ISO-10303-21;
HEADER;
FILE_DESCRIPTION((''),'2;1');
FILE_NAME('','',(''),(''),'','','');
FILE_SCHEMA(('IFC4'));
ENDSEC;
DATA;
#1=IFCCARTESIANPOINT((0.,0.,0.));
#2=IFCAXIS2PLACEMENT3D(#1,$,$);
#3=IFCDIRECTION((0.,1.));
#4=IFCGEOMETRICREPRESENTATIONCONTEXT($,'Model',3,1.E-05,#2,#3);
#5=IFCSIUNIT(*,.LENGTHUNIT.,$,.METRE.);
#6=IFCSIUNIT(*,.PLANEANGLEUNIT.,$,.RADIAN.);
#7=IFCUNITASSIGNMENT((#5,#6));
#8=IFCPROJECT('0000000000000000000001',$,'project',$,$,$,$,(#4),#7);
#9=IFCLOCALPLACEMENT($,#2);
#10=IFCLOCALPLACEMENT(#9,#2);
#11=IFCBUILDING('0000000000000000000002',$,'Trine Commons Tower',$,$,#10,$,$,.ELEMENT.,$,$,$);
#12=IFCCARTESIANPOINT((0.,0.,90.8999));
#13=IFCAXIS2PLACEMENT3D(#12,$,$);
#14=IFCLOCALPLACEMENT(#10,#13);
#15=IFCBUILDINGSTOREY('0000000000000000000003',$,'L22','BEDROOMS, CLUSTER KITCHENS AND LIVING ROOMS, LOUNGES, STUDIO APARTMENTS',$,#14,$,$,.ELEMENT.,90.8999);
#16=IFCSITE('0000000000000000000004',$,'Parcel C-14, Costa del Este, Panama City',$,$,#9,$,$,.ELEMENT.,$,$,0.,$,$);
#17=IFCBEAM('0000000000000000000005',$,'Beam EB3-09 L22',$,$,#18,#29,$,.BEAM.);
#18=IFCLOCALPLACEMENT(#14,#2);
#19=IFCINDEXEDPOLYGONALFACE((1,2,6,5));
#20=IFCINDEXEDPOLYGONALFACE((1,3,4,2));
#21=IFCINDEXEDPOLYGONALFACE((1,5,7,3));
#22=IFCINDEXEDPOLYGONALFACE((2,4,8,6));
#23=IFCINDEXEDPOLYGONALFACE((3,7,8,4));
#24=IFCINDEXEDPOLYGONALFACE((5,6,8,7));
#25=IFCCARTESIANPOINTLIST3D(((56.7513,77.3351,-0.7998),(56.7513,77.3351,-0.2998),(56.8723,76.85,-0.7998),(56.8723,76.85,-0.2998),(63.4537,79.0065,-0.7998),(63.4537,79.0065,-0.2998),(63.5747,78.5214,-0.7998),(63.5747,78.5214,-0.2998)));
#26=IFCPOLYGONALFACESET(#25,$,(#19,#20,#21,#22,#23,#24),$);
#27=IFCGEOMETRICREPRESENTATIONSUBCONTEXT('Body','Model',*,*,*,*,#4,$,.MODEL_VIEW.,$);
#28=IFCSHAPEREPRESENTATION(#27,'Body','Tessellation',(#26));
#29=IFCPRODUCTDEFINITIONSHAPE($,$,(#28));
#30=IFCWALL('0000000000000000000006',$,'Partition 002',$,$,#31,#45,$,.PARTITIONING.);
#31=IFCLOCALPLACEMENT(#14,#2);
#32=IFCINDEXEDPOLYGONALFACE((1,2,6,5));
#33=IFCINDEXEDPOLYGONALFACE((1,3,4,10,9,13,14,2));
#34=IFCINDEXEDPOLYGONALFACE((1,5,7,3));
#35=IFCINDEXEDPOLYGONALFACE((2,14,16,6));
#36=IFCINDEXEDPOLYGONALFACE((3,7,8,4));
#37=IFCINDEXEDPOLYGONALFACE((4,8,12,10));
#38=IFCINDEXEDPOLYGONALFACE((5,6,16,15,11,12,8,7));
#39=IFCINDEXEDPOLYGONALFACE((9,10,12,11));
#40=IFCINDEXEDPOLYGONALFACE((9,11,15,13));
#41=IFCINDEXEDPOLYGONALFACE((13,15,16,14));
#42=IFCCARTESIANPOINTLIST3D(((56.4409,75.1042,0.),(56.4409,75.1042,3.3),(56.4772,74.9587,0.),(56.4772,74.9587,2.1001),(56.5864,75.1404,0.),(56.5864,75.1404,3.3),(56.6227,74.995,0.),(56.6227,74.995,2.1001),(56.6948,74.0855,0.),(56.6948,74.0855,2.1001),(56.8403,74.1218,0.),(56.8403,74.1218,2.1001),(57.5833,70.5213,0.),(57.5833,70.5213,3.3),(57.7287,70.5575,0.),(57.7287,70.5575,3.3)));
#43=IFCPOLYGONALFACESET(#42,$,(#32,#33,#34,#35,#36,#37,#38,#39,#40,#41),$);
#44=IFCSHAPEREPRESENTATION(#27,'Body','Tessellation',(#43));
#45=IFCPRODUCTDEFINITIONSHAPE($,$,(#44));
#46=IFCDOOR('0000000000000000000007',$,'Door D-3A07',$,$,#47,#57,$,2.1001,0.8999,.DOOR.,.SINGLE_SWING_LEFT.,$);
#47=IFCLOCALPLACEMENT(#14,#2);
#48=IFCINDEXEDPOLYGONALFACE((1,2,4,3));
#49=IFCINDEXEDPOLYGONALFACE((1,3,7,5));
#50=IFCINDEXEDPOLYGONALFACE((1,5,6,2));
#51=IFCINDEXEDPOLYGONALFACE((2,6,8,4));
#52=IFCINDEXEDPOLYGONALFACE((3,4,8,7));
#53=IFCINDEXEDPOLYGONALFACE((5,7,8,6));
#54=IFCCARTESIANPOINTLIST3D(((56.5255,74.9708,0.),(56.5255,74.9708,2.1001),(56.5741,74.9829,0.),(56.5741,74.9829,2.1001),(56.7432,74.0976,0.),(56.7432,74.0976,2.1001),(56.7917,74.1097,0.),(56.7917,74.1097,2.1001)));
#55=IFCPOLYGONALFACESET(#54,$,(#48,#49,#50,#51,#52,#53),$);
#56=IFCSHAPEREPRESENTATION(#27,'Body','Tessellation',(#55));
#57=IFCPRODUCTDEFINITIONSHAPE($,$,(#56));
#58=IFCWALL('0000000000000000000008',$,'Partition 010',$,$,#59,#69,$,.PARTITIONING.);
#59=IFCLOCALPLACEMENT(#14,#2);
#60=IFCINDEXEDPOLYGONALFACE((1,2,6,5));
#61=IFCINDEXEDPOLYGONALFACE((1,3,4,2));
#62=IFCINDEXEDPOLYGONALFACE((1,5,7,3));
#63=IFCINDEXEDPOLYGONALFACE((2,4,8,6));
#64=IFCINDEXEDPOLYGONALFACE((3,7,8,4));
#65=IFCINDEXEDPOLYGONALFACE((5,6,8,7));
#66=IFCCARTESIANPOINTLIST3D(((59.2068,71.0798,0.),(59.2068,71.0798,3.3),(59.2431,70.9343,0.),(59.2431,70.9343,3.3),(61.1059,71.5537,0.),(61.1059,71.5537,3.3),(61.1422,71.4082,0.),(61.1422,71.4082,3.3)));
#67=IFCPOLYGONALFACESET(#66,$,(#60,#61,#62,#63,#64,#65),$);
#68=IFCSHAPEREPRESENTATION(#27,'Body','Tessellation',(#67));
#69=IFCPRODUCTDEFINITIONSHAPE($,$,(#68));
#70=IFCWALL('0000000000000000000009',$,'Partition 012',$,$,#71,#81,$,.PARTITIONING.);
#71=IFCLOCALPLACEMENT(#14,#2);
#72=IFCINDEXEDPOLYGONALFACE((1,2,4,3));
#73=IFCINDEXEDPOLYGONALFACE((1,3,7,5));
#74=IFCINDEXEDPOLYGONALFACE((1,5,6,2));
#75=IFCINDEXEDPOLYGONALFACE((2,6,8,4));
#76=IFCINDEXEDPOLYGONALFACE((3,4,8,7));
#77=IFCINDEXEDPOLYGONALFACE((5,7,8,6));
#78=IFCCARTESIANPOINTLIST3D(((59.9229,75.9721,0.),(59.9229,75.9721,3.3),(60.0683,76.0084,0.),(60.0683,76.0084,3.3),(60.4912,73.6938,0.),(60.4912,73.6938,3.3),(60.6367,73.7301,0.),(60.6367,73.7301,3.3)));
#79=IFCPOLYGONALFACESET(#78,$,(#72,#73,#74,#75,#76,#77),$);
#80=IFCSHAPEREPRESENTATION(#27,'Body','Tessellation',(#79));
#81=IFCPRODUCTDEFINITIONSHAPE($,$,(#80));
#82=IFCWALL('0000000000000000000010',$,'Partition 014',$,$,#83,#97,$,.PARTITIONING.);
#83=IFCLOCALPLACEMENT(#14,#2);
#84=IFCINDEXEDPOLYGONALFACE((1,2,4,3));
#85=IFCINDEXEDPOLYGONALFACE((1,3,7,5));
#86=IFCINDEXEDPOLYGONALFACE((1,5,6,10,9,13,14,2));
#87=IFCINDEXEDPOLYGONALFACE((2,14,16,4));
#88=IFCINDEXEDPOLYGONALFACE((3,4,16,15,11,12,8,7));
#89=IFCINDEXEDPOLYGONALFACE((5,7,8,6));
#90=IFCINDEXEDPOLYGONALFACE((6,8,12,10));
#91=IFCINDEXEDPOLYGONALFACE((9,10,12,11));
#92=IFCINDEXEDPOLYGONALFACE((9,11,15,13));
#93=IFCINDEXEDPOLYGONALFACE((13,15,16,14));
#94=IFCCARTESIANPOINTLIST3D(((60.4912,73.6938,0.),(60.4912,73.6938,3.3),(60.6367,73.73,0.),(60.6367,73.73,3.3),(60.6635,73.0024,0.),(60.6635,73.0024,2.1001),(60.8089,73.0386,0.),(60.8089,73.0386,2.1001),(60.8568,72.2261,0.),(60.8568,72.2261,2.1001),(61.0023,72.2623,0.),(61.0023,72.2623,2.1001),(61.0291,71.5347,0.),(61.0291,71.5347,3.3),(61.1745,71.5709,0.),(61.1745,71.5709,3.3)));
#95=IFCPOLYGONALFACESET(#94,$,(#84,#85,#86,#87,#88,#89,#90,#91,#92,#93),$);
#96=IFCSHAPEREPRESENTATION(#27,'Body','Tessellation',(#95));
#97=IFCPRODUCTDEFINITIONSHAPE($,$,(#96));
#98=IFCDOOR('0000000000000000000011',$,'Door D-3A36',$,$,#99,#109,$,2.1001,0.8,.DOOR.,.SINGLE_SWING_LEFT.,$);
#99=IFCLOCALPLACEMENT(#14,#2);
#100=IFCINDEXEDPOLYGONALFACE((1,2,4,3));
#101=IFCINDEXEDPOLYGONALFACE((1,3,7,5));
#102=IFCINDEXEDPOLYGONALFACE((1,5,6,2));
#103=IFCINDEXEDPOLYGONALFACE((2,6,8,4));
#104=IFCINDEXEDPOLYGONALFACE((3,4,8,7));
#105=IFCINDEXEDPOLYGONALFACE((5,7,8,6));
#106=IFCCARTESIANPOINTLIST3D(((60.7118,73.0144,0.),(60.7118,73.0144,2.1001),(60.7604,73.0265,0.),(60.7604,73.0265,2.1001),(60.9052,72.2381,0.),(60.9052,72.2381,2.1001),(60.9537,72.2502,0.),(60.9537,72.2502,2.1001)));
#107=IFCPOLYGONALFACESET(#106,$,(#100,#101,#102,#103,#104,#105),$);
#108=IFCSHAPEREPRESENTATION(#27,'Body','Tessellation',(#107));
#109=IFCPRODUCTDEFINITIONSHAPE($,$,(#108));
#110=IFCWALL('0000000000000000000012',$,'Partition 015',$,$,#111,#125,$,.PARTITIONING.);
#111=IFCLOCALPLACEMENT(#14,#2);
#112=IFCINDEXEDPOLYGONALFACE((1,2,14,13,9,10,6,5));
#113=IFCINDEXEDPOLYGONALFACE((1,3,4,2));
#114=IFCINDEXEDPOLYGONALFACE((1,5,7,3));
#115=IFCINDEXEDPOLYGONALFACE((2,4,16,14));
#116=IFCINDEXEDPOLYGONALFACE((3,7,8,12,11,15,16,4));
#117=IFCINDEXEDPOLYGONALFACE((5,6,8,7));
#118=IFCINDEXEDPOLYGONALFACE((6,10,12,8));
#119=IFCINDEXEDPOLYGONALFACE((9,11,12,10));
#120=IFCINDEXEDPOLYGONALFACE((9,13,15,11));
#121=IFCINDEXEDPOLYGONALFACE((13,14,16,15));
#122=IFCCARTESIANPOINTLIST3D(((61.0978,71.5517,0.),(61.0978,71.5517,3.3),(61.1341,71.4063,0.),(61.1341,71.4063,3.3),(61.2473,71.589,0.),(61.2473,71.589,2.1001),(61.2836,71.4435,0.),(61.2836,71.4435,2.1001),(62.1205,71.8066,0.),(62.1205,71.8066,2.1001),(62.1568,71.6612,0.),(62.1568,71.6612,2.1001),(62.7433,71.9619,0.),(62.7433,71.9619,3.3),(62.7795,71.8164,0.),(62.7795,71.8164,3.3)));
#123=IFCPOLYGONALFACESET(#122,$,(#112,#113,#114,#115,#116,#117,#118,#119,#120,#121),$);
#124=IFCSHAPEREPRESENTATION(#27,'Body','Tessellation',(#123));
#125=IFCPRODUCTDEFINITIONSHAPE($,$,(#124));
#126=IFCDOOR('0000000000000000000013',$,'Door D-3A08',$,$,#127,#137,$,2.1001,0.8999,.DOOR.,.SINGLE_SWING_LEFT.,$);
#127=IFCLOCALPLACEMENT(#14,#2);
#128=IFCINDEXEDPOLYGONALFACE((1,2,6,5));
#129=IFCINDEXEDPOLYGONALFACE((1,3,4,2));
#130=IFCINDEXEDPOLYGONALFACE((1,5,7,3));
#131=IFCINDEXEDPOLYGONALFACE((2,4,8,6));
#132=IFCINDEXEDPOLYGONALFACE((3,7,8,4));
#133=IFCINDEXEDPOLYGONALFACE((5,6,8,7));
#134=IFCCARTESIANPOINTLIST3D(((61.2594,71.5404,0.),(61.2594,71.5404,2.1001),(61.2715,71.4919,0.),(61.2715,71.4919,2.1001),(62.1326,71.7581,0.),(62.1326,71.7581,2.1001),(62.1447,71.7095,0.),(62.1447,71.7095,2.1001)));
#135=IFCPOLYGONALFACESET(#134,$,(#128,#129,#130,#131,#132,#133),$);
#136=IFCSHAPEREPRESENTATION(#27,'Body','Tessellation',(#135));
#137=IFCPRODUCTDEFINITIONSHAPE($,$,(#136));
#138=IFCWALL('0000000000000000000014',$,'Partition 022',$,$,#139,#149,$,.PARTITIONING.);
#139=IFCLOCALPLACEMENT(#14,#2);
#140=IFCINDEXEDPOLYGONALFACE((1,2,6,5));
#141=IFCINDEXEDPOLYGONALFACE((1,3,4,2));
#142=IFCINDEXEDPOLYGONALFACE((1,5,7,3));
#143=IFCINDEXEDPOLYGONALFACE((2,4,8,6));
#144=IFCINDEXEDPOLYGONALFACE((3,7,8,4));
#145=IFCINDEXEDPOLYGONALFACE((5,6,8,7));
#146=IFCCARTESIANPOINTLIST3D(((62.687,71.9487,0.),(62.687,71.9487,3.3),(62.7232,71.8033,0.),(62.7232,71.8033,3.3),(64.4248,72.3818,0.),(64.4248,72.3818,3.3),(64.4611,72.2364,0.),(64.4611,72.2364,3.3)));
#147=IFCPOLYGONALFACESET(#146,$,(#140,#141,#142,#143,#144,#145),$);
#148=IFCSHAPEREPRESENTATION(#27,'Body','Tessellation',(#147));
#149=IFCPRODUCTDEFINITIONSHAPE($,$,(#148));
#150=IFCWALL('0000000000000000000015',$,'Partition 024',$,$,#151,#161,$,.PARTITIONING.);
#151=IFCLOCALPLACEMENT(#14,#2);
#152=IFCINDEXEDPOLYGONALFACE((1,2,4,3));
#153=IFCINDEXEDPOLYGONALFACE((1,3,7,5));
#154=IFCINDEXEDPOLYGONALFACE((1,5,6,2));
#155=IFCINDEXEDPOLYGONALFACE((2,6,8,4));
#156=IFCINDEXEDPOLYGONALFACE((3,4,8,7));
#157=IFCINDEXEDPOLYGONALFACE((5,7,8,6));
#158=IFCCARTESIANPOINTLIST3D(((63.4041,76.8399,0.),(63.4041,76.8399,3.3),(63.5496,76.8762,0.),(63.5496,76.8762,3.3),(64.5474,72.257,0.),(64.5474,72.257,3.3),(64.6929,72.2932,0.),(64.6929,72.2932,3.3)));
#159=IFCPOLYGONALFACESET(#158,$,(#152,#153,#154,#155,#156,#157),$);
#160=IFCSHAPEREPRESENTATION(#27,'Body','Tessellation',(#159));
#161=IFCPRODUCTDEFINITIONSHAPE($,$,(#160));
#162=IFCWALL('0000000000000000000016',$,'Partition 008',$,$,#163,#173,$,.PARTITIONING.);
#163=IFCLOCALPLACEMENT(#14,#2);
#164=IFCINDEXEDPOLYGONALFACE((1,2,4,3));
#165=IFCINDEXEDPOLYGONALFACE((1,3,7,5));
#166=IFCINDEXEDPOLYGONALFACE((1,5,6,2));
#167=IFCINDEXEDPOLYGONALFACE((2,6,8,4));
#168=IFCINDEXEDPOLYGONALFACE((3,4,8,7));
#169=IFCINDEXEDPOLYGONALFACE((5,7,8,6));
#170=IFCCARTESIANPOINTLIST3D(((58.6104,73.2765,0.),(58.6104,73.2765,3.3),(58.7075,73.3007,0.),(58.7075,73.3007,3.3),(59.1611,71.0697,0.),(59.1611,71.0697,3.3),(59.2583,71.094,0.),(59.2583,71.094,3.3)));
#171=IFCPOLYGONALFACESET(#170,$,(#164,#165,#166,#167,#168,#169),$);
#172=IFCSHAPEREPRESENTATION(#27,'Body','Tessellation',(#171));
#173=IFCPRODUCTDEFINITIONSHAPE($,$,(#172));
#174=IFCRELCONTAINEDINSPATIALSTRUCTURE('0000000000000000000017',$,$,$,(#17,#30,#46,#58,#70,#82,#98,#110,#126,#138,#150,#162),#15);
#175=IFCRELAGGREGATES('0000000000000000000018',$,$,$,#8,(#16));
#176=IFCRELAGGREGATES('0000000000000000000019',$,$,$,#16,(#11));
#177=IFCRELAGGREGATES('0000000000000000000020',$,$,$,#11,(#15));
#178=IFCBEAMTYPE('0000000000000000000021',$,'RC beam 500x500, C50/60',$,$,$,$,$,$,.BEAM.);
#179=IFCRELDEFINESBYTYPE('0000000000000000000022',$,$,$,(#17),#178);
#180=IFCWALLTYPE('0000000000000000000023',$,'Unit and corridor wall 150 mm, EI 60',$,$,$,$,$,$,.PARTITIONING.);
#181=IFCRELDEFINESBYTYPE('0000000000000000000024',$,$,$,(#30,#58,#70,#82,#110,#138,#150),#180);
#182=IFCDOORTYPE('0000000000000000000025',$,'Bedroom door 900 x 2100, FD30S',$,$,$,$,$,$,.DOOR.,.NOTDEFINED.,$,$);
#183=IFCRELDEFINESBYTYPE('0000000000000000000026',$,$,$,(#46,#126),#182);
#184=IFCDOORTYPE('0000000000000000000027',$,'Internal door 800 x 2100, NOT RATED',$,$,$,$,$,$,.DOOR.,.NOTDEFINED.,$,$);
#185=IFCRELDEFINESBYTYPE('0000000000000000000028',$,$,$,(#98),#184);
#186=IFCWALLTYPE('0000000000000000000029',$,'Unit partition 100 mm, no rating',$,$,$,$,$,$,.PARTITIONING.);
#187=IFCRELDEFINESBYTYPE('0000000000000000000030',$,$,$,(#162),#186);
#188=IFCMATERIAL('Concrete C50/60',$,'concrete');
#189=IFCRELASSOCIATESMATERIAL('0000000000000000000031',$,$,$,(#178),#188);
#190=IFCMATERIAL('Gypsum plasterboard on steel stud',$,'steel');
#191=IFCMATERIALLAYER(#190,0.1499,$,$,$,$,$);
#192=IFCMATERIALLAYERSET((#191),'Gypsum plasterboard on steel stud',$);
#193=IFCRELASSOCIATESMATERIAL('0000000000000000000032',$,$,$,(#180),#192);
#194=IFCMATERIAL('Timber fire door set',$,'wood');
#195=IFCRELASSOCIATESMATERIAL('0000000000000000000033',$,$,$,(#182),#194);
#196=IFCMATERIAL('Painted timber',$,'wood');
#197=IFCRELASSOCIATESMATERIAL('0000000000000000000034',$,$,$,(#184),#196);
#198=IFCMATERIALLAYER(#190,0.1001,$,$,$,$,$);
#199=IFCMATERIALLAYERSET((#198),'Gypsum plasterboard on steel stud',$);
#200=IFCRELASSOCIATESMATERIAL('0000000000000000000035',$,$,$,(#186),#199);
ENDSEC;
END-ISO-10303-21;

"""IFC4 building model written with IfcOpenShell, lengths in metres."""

from ifc_helpers import new_model, si_unit, direction, frame, frame_2d, origin, origin_2d, place, context, subcontext, project, spatial, rectangle, extrude, material, layer, layer_set, material_profile, profile_set, type_object, element, fill, save


model = new_model("IFC4")

# Units and contexts
model_context = context("Model", 3, precision=1e-05, world=origin(), true_north=direction((0.0, 1.0)))
body_context = subcontext(model_context, "Body", "Model", "MODEL_VIEW")
ifc_project = project(units=[si_unit("LENGTHUNIT", "METRE"), si_unit("PLANEANGLEUNIT", "RADIAN")], contexts=[model_context])

# Site, building, storey
site_placement = place(None, origin())
site = spatial("IfcSite", under=ifc_project, at=site_placement, Name="Parcel C-14, Costa del Este, Panama City", CompositionType="ELEMENT", RefElevation=0.0)
building_placement = place(site_placement, origin())
building = spatial("IfcBuilding", under=site, at=building_placement, Name="Trine Commons Tower", CompositionType="ELEMENT")
storey_placement = place(building_placement, frame((0.0, 0.0, 90.8999)))
storey = spatial("IfcBuildingStorey", under=building, at=storey_placement, Name="L22", Description="BEDROOMS, CLUSTER KITCHENS AND LIVING ROOMS, LOUNGES, STUDIO APARTMENTS", CompositionType="ELEMENT", Elevation=90.8999)

# Beam
ifc_material_1 = material(Name="Concrete C50/60", Category="concrete")
ifc_material_profile = material_profile(ifc_material_1, rectangle(XDim=0.5, YDim=0.5, at=origin_2d()), Name="RC 500x500")
ifc_profile_set = profile_set([ifc_material_profile], Name="Concrete C50/60")
beam_type = type_object("IfcBeamType", Name="RC beam 500x500, C50/60", PredefinedType="BEAM", material=ifc_profile_set)
beam_placement = place(storey_placement, frame((56.8118, 77.0925, -0.5498), z_axis=(0.970286, 0.241962, 0.0), x_axis=(-0.241962, 0.970286, 0.0)))
element("IfcBeam", 1, at=beam_placement, inside=storey, type_object=beam_type, Name="Beam EB3-09 L22", PredefinedType="BEAM", context=body_context, shape_type="SweptSolid", body=[
    extrude(rectangle(XDim=0.5, YDim=0.5, at=origin_2d()), origin(), (0.0, 0.0, 1.0), 6.9077),
])

# Wall, opening, door
ifc_material_2 = material(Name="Gypsum plasterboard on steel stud", Category="steel")
ifc_layer_1 = layer(ifc_material_2, 0.1499)
ifc_layer_set_1 = layer_set([ifc_layer_1], Name="Gypsum plasterboard on steel stud")
wall_type_1 = type_object("IfcWallType", Name="Unit and corridor wall 150 mm, EI 60", PredefinedType="PARTITIONING", material=ifc_layer_set_1)
wall_1_placement = place(storey_placement, frame((56.5137, 75.1223, 0.0), z_axis=(0.0, 0.0, 1.0), x_axis=(0.241854, -0.970313, 0.0)))
wall_1 = element("IfcWall", 2, at=wall_1_placement, inside=storey, type_object=wall_type_1, Name="Partition 002", PredefinedType="PARTITIONING", context=body_context, shape_type="SweptSolid", body=[
    extrude(rectangle(XDim=4.7231, YDim=0.1499, at=frame_2d((2.3616, 0.0))), origin(), (0.0, 0.0, 1.0), 3.3),
])
opening_1_placement = place(wall_1_placement, frame((0.1499, 0.0, 0.0)))
opening_1 = element("IfcOpeningElement", 3, at=opening_1_placement, cuts=wall_1, PredefinedType="OPENING", context=body_context, shape_type="SweptSolid", body=[
    extrude(rectangle(XDim=0.8999, YDim=2.1001, at=frame_2d((0.45, 1.05))), frame((0.0, 0.085, 0.0), z_axis=(0.0, -1.0, 0.0), x_axis=(1.0, 0.0, 0.0)), (0.0, 0.0, 1.0), 0.1699),
])
ifc_material_3 = material(Name="Timber fire door set", Category="wood")
door_type_1 = type_object("IfcDoorType", Name="Bedroom door 900 x 2100, FD30S", OperationType="NOTDEFINED", PredefinedType="DOOR", material=ifc_material_3)
door_1_placement = place(opening_1_placement, origin())
door_1 = element("IfcDoor", 4, at=door_1_placement, inside=storey, type_object=door_type_1, Name="Door D-3A07", OperationType="SINGLE_SWING_LEFT", OverallHeight=2.1001, OverallWidth=0.8999, PredefinedType="DOOR", context=body_context, shape_type="SweptSolid", body=[
    extrude(rectangle(XDim=0.8999, YDim=2.1001, at=frame_2d((0.45, 1.05))), frame((0.0, 0.0249, 0.0), z_axis=(0.0, -1.0, 0.0), x_axis=(1.0, 0.0, 0.0)), (0.0, 0.0, 1.0), 0.05),
])
fill(opening_1, door_1)

# Walls
wall_2_placement = place(storey_placement, frame((59.2251, 71.0071, 0.0), z_axis=(0.0, 0.0, 1.0), x_axis=(0.970245, 0.242125, 0.0)))
element("IfcWall", 5, at=wall_2_placement, inside=storey, type_object=wall_type_1, Name="Partition 010", PredefinedType="PARTITIONING", context=body_context, shape_type="SweptSolid", body=[
    extrude(rectangle(XDim=1.9573, YDim=0.1499, at=frame_2d((0.9785, 0.0))), origin(), (0.0, 0.0, 1.0), 3.3),
])
wall_3_placement = place(storey_placement, frame((59.9956, 75.9902, 0.0), z_axis=(0.0, 0.0, 1.0), x_axis=(0.242046, -0.970265, 0.0)))
element("IfcWall", 6, at=wall_3_placement, inside=storey, type_object=wall_type_1, Name="Partition 012", PredefinedType="PARTITIONING", context=body_context, shape_type="SweptSolid", body=[
    extrude(rectangle(XDim=2.3481, YDim=0.1499, at=frame_2d((1.1741, 0.0))), origin(), (0.0, 0.0, 1.0), 3.3),
])

# Walls, openings, doors
wall_4_placement = place(storey_placement, frame((60.564, 73.7119, 0.0), z_axis=(0.0, 0.0, 1.0), x_axis=(0.241709, -0.970349, 0.0)))
wall_4 = element("IfcWall", 7, at=wall_4_placement, inside=storey, type_object=wall_type_1, Name="Partition 014", PredefinedType="PARTITIONING", context=body_context, shape_type="SweptSolid", body=[
    extrude(rectangle(XDim=2.2251, YDim=0.1499, at=frame_2d((1.1125, 0.0))), origin(), (0.0, 0.0, 1.0), 3.3),
])
opening_2_placement = place(wall_4_placement, frame((0.7126, 0.0, 0.0)))
opening_2 = element("IfcOpeningElement", 8, at=opening_2_placement, cuts=wall_4, PredefinedType="OPENING", context=body_context, shape_type="SweptSolid", body=[
    extrude(rectangle(XDim=0.8, YDim=2.1001, at=frame_2d((0.3999, 1.05))), frame((0.0, 0.085, 0.0), z_axis=(0.0, -1.0, 0.0), x_axis=(1.0, 0.0, 0.0)), (0.0, 0.0, 1.0), 0.1699),
])
ifc_material_4 = material(Name="Painted timber", Category="wood")
door_type_2 = type_object("IfcDoorType", Name="Internal door 800 x 2100, NOT RATED", OperationType="NOTDEFINED", PredefinedType="DOOR", material=ifc_material_4)
door_2_placement = place(opening_2_placement, origin())
door_2 = element("IfcDoor", 9, at=door_2_placement, inside=storey, type_object=door_type_2, Name="Door D-3A36", OperationType="SINGLE_SWING_LEFT", OverallHeight=2.1001, OverallWidth=0.8, PredefinedType="DOOR", context=body_context, shape_type="SweptSolid", body=[
    extrude(rectangle(XDim=0.8, YDim=2.1001, at=frame_2d((0.3999, 1.05))), frame((0.0, 0.0249, 0.0), z_axis=(0.0, -1.0, 0.0), x_axis=(1.0, 0.0, 0.0)), (0.0, 0.0, 1.0), 0.05),
])
fill(opening_2, door_2)
wall_5_placement = place(storey_placement, frame((61.116, 71.479, 0.0), z_axis=(0.0, 0.0, 1.0), x_axis=(0.970312, 0.241858, 0.0)))
wall_5 = element("IfcWall", 10, at=wall_5_placement, inside=storey, type_object=wall_type_1, Name="Partition 015", PredefinedType="PARTITIONING", context=body_context, shape_type="SweptSolid", body=[
    extrude(rectangle(XDim=1.6958, YDim=0.1499, at=frame_2d((0.8479, 0.0))), origin(), (0.0, 0.0, 1.0), 3.3),
])
opening_3_placement = place(wall_5_placement, frame((0.1541, 0.0, 0.0)))
opening_3 = element("IfcOpeningElement", 11, at=opening_3_placement, cuts=wall_5, PredefinedType="OPENING", context=body_context, shape_type="SweptSolid", body=[
    extrude(rectangle(XDim=0.8999, YDim=2.1001, at=frame_2d((0.45, 1.05))), frame((0.0, 0.085, 0.0), z_axis=(0.0, -1.0, 0.0), x_axis=(1.0, 0.0, 0.0)), (0.0, 0.0, 1.0), 0.1699),
])
door_3_placement = place(opening_3_placement, origin())
door_3 = element("IfcDoor", 12, at=door_3_placement, inside=storey, type_object=door_type_1, Name="Door D-3A08", OperationType="SINGLE_SWING_LEFT", OverallHeight=2.1001, OverallWidth=0.8999, PredefinedType="DOOR", context=body_context, shape_type="SweptSolid", body=[
    extrude(rectangle(XDim=0.8999, YDim=2.1001, at=frame_2d((0.45, 1.05))), frame((0.0, 0.0249, 0.0), z_axis=(0.0, -1.0, 0.0), x_axis=(1.0, 0.0, 0.0)), (0.0, 0.0, 1.0), 0.05),
])
fill(opening_3, door_3)

# Walls
wall_6_placement = place(storey_placement, frame((62.7051, 71.876, 0.0), z_axis=(0.0, 0.0, 1.0), x_axis=(0.970319, 0.24183, 0.0)))
element("IfcWall", 13, at=wall_6_placement, inside=storey, type_object=wall_type_1, Name="Partition 022", PredefinedType="PARTITIONING", context=body_context, shape_type="SweptSolid", body=[
    extrude(rectangle(XDim=1.791, YDim=0.1499, at=frame_2d((0.8955, 0.0))), origin(), (0.0, 0.0, 1.0), 3.3),
])
wall_7_placement = place(storey_placement, frame((63.4768, 76.8582, 0.0), z_axis=(0.0, 0.0, 1.0), x_axis=(0.242049, -0.970264, 0.0)))
element("IfcWall", 14, at=wall_7_placement, inside=storey, type_object=wall_type_1, Name="Partition 024", PredefinedType="PARTITIONING", context=body_context, shape_type="SweptSolid", body=[
    extrude(rectangle(XDim=4.7234, YDim=0.1499, at=frame_2d((2.3618, 0.0))), origin(), (0.0, 0.0, 1.0), 3.3),
])
ifc_layer_2 = layer(ifc_material_2, 0.1001)
ifc_layer_set_2 = layer_set([ifc_layer_2], Name="Gypsum plasterboard on steel stud")
wall_type_2 = type_object("IfcWallType", Name="Unit partition 100 mm, no rating", PredefinedType="PARTITIONING", material=ifc_layer_set_2)
wall_8_placement = place(storey_placement, frame((58.6589, 73.2886, 0.0), z_axis=(0.0, 0.0, 1.0), x_axis=(0.242157, -0.970237, 0.0)))
element("IfcWall", 15, at=wall_8_placement, inside=storey, type_object=wall_type_2, Name="Partition 008", PredefinedType="PARTITIONING", context=body_context, shape_type="SweptSolid", body=[
    extrude(rectangle(XDim=2.2744, YDim=0.1001, at=frame_2d((1.1372, 0.0))), origin(), (0.0, 0.0, 1.0), 3.3),
])

save(model, "model.ifc")
